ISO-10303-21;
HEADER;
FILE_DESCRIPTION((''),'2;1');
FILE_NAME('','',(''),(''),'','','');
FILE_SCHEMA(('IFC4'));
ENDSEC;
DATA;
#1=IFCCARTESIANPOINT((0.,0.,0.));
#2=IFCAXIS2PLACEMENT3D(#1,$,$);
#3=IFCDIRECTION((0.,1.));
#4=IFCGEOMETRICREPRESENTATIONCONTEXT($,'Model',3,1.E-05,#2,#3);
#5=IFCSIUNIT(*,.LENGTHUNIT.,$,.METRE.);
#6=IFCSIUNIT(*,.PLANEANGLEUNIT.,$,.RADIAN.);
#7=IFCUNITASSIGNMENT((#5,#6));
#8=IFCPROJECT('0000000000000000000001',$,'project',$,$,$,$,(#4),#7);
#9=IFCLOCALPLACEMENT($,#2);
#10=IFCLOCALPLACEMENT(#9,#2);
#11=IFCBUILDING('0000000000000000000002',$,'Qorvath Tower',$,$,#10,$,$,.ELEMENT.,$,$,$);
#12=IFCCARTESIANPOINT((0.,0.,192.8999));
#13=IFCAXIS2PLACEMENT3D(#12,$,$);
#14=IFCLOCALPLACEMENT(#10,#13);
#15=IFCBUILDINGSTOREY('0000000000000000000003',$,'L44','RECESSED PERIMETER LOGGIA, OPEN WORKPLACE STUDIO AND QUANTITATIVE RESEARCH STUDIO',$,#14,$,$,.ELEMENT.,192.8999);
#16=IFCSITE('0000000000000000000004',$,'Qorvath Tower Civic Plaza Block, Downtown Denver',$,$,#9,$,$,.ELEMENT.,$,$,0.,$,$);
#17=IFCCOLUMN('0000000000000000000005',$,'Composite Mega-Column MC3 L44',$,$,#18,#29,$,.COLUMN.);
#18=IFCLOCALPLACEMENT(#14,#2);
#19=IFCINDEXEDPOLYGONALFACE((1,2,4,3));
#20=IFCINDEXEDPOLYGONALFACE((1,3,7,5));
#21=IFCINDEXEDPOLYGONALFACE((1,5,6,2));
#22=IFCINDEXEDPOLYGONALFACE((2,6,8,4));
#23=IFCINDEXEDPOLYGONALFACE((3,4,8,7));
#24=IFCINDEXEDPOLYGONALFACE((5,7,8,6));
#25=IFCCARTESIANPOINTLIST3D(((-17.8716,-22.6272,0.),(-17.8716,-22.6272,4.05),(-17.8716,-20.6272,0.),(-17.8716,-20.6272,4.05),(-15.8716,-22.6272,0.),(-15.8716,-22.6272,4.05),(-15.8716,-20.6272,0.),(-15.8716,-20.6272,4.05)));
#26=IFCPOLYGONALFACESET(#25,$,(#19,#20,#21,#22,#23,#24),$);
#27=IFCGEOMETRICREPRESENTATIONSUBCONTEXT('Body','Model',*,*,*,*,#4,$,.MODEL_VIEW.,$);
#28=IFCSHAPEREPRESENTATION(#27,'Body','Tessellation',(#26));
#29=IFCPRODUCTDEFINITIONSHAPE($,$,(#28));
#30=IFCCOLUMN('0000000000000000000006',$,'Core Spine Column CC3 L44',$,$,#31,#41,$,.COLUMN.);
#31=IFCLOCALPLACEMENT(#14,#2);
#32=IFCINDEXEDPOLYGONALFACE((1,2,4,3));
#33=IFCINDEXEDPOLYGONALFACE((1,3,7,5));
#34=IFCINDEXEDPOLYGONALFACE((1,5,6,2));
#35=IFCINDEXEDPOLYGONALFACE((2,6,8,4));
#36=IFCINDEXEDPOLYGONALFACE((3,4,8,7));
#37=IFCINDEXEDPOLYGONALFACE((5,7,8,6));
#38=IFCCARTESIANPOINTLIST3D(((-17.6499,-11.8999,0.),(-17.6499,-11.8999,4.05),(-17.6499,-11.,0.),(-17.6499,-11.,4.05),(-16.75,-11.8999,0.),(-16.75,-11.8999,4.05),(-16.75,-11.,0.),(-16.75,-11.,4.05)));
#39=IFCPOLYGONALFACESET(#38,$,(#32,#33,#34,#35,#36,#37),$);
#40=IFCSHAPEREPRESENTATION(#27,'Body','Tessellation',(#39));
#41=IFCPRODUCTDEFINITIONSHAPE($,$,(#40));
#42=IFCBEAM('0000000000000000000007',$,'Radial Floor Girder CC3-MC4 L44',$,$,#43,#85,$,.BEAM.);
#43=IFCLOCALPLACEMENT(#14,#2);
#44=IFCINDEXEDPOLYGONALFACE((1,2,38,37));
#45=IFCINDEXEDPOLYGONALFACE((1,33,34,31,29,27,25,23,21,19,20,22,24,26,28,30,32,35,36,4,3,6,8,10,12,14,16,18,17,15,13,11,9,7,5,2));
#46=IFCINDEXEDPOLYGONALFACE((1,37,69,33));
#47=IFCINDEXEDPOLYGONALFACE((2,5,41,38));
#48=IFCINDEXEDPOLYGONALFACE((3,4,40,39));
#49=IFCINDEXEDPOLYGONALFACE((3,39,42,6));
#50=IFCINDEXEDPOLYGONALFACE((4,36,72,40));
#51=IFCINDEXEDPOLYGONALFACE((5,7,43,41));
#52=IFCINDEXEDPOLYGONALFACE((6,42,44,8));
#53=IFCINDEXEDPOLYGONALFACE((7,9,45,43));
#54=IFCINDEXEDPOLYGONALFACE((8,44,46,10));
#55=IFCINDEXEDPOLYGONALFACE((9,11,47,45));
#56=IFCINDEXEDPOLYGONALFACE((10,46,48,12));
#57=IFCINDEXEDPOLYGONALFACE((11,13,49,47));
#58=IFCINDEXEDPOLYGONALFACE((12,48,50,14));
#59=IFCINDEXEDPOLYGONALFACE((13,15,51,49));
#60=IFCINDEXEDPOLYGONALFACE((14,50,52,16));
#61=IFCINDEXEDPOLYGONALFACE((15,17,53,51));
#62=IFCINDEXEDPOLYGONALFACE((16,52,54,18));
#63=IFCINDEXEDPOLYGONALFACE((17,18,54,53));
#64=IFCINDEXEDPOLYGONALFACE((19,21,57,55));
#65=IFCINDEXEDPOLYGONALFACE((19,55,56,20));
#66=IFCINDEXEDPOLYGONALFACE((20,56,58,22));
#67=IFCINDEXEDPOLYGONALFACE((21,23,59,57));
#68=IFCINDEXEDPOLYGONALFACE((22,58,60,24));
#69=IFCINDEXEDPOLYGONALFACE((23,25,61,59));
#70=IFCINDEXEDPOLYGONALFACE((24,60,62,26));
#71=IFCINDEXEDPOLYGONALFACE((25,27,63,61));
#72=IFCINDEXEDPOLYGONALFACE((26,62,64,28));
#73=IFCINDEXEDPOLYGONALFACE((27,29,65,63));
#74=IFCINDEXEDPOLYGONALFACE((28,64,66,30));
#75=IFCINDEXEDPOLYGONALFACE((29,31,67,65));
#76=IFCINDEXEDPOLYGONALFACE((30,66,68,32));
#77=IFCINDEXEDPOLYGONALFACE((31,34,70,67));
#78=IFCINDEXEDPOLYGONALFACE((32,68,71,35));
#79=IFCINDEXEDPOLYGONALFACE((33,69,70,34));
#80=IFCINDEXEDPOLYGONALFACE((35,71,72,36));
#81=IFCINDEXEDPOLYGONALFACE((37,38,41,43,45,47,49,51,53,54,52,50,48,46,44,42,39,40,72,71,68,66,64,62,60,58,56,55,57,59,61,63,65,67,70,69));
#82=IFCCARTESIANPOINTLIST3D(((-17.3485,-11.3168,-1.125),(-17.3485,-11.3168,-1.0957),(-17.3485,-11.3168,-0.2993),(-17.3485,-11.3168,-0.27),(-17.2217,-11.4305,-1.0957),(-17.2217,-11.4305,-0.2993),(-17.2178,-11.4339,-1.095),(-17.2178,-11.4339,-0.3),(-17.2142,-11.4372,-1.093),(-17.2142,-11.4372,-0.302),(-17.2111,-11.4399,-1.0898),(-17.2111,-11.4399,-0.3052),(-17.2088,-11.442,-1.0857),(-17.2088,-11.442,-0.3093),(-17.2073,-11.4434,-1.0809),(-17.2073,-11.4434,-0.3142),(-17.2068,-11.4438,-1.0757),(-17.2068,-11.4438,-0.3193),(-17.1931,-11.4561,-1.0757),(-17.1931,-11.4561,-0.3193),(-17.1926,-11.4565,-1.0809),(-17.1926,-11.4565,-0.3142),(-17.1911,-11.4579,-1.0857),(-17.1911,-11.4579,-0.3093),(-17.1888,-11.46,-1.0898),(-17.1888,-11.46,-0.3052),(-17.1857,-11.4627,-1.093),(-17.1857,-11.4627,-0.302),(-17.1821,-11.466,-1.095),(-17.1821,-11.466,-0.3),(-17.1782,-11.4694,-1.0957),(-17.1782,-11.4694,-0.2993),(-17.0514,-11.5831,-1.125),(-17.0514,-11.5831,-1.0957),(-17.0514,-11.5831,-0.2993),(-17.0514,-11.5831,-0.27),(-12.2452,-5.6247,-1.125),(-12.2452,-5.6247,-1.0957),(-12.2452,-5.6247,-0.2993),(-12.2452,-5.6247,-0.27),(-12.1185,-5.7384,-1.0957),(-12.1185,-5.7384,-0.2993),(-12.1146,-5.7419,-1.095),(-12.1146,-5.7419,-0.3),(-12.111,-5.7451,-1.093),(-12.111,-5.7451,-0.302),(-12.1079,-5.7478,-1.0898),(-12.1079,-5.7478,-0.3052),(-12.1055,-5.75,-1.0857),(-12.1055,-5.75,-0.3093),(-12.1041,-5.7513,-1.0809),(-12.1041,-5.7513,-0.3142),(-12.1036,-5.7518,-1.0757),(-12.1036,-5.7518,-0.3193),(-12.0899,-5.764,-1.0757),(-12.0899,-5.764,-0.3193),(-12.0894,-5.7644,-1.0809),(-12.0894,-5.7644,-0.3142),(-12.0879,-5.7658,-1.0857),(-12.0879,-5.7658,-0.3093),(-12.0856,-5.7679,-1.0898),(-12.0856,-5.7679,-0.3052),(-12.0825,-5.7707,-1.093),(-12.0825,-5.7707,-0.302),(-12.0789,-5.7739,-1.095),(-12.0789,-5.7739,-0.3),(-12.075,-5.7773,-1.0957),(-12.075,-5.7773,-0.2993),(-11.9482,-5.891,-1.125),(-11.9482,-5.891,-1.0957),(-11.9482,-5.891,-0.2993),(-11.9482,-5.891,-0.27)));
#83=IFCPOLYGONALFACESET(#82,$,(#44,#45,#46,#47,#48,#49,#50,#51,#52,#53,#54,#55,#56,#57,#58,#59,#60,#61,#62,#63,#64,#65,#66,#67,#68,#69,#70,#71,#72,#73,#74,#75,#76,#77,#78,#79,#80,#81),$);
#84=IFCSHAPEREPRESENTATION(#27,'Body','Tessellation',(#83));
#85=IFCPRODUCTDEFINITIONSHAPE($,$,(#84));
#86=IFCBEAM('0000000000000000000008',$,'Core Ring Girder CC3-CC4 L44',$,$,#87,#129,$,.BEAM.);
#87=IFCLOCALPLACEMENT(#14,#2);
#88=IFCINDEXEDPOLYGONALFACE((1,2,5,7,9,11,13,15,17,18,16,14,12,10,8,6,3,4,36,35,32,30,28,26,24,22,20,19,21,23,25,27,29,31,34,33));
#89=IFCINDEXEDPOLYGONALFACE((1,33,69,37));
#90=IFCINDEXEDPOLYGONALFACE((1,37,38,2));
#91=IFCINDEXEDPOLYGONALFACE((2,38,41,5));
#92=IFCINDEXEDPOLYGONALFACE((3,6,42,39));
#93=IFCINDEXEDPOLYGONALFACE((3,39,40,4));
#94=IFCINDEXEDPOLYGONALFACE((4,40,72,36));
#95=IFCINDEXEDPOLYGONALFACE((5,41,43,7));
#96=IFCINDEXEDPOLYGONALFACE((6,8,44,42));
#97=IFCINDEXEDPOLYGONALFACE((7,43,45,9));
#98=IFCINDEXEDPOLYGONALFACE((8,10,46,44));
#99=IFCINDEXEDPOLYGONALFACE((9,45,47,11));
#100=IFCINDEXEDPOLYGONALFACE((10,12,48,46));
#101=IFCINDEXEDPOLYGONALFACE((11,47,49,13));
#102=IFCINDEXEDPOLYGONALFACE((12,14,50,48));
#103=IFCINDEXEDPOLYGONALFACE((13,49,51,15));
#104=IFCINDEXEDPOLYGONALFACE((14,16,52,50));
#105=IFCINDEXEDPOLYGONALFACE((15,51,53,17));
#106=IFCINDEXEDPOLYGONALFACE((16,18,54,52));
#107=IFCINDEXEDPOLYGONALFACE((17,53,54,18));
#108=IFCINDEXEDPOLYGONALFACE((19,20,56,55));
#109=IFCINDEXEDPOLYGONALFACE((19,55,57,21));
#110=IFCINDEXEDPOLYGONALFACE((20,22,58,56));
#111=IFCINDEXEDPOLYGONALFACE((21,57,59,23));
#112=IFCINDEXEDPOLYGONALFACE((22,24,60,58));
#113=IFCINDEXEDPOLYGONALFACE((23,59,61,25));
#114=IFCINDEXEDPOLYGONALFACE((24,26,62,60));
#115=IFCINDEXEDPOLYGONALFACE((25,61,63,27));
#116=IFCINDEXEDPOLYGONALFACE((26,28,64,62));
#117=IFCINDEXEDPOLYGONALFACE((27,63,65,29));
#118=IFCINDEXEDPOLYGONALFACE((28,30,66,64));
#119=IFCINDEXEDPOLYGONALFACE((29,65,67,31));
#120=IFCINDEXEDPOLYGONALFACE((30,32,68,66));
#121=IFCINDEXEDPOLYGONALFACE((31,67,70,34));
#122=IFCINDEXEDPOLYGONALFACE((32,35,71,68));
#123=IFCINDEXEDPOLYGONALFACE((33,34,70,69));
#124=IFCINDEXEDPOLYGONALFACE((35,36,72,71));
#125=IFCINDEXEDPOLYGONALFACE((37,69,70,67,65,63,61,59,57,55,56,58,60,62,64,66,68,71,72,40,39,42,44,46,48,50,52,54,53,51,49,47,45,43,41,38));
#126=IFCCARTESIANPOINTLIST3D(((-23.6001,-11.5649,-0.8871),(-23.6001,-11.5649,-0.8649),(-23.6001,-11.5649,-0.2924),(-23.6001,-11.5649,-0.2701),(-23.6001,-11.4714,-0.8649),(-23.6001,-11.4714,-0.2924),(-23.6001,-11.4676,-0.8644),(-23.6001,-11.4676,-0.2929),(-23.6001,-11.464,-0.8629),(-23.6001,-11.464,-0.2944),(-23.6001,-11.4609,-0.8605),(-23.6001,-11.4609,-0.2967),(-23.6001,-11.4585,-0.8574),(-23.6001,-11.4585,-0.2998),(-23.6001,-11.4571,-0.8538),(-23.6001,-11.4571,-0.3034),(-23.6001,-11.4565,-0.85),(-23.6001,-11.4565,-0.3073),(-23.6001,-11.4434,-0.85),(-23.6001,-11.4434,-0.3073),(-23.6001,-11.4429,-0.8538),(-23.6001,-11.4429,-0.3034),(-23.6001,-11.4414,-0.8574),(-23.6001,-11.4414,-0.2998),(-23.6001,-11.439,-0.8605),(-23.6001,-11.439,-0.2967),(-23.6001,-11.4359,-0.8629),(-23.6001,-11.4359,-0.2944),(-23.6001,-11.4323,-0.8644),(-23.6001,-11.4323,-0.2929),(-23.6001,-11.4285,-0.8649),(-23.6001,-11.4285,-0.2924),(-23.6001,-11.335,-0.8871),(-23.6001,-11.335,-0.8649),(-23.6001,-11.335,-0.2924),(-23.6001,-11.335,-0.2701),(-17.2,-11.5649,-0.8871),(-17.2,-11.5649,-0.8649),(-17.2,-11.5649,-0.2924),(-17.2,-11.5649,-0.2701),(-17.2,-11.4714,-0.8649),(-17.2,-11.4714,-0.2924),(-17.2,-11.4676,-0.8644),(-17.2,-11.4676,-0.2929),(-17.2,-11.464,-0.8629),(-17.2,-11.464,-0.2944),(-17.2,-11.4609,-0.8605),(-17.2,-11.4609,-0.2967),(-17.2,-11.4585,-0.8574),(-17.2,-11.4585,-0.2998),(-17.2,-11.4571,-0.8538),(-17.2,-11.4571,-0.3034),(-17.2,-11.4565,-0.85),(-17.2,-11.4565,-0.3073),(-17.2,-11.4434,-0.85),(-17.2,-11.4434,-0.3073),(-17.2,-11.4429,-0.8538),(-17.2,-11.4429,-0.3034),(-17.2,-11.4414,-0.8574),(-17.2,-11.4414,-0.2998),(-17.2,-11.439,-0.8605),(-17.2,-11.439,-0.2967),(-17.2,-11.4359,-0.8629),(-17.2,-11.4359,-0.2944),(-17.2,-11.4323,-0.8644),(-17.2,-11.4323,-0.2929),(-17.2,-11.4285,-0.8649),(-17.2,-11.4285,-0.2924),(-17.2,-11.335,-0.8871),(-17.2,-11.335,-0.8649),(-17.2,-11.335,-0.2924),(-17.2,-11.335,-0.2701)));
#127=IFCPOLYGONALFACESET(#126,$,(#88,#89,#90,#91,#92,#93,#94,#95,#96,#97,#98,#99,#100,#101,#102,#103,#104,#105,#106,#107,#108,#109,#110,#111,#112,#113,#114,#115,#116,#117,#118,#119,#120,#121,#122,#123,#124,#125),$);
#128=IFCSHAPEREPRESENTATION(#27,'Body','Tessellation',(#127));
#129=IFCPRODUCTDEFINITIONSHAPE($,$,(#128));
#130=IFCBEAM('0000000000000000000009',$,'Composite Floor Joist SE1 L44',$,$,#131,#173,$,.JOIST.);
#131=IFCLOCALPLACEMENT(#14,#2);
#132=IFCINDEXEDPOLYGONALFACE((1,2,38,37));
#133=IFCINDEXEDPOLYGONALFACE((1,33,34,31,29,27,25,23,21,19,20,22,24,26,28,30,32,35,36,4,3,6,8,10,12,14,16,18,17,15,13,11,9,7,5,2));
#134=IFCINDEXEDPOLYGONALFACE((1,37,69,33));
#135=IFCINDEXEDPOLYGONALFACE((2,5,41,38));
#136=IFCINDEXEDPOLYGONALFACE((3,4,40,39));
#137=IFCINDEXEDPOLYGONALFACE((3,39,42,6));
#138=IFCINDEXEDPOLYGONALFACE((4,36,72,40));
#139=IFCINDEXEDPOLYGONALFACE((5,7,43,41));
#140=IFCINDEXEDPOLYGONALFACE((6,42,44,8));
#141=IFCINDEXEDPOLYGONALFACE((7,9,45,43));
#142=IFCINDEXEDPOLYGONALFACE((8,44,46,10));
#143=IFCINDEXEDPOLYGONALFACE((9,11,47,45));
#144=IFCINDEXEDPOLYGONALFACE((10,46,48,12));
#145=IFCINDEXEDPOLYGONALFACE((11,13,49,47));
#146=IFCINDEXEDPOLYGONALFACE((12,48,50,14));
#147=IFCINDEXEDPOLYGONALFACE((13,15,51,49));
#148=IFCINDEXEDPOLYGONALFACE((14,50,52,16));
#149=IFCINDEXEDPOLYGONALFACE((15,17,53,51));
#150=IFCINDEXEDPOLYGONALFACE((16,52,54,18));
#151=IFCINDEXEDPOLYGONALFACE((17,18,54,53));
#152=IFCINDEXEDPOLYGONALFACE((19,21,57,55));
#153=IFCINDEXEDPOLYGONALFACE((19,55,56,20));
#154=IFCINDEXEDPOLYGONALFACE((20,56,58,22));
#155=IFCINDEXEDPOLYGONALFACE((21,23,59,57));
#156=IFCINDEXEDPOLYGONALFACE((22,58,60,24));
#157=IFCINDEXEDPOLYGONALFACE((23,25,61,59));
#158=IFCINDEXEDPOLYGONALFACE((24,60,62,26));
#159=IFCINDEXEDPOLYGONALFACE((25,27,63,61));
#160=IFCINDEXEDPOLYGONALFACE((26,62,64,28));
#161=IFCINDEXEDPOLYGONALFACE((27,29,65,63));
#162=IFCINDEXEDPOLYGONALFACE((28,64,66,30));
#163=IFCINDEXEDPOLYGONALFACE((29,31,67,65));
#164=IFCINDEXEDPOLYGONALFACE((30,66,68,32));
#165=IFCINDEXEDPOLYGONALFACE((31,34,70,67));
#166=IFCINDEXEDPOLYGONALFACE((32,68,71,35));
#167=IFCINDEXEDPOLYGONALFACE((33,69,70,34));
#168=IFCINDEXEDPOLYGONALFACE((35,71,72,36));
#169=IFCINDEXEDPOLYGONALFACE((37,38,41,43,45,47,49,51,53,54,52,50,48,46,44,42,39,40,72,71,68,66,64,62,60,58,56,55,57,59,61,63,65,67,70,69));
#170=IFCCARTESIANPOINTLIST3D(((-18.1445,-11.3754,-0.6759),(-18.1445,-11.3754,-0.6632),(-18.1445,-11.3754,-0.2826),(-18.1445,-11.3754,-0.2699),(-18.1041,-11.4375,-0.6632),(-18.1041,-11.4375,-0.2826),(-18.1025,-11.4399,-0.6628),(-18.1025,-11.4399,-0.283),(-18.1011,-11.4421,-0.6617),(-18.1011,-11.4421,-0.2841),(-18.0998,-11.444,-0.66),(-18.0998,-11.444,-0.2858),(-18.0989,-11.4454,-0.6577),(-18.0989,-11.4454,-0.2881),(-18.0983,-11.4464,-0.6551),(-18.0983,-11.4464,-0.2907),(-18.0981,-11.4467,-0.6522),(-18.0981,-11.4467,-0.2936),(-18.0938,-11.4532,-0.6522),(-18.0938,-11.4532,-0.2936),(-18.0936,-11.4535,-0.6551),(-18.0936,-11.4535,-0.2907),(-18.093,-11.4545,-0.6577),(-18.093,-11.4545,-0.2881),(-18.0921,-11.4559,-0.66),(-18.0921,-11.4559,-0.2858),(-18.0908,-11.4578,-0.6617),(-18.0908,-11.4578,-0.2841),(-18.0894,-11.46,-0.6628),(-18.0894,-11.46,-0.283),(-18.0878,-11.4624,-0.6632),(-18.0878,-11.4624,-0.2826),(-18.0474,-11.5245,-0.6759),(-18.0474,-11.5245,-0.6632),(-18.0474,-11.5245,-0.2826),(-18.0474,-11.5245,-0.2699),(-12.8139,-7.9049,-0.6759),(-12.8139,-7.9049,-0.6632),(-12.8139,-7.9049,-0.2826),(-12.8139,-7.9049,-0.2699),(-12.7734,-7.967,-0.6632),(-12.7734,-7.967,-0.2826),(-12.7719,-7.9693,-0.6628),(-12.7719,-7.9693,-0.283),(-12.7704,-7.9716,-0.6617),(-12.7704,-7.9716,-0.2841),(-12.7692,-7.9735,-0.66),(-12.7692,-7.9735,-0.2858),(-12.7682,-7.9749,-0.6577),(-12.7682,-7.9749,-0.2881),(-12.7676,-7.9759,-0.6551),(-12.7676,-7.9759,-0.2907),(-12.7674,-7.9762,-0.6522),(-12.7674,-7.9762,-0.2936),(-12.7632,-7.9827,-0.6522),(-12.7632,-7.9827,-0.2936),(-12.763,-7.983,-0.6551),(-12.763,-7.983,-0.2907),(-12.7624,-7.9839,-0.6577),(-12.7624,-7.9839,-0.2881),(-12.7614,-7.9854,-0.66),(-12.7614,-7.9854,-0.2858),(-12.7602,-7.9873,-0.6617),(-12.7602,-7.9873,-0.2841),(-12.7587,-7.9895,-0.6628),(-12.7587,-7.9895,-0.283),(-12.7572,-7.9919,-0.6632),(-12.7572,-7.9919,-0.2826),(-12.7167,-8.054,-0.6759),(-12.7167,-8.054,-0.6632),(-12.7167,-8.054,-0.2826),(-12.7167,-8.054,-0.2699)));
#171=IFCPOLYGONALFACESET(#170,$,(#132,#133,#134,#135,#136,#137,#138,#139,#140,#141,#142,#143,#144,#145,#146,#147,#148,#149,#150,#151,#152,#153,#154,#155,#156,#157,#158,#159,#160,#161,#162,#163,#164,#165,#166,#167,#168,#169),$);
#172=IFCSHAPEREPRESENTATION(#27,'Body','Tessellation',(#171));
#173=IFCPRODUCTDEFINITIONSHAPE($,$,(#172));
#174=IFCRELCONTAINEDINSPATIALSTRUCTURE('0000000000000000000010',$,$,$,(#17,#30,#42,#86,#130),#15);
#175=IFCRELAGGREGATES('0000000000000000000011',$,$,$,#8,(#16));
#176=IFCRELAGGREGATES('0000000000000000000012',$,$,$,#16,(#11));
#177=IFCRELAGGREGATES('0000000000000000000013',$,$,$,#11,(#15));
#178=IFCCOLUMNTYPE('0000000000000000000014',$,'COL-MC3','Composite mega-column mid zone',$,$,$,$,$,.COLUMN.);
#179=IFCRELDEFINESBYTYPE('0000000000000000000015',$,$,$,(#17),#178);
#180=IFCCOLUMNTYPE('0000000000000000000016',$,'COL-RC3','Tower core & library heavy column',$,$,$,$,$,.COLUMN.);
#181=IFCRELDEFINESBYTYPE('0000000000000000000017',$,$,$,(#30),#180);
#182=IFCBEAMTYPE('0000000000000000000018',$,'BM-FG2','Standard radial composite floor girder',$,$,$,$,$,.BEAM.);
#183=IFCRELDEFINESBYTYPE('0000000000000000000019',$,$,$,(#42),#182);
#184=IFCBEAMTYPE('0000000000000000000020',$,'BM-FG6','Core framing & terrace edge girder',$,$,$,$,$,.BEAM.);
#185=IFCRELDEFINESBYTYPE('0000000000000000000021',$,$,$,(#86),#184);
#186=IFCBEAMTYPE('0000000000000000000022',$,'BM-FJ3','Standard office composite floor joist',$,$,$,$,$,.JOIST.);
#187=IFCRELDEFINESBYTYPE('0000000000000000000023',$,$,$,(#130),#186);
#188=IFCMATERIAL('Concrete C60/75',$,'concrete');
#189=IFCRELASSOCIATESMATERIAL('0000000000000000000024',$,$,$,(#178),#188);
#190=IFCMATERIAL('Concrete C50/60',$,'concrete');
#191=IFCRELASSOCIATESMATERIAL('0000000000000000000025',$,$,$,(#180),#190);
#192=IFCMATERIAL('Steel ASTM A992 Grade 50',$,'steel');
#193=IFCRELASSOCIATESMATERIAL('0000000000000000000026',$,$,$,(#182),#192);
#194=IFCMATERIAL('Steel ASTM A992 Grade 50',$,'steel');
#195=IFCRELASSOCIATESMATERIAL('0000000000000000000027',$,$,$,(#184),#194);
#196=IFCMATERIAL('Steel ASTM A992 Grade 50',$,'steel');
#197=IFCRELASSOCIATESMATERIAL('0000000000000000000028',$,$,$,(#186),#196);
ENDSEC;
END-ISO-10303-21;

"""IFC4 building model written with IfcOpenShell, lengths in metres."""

from ifc_helpers import new_model, si_unit, direction, frame, origin, origin_2d, place, context, subcontext, project, spatial, rectangle, i_section, extrude, material, material_profile, profile_set, type_object, element, save


model = new_model("IFC4")

# Units and contexts
model_context = context("Model", 3, precision=1e-05, world=origin(), true_north=direction((0.0, 1.0)))
body_context = subcontext(model_context, "Body", "Model", "MODEL_VIEW")
ifc_project = project(units=[si_unit("LENGTHUNIT", "METRE"), si_unit("PLANEANGLEUNIT", "RADIAN")], contexts=[model_context])

# Site, building, storey
site_placement = place(None, origin())
site = spatial("IfcSite", under=ifc_project, at=site_placement, Name="Qorvath Tower Civic Plaza Block, Downtown Denver", CompositionType="ELEMENT", RefElevation=0.0)
building_placement = place(site_placement, origin())
building = spatial("IfcBuilding", under=site, at=building_placement, Name="Qorvath Tower", CompositionType="ELEMENT")
storey_placement = place(building_placement, frame((0.0, 0.0, 192.8999)))
storey = spatial("IfcBuildingStorey", under=building, at=storey_placement, Name="L44", Description="RECESSED PERIMETER LOGGIA, OPEN WORKPLACE STUDIO AND QUANTITATIVE RESEARCH STUDIO", CompositionType="ELEMENT", Elevation=192.8999)

# Columns
ifc_material_1 = material(Name="Concrete C60/75", Category="concrete")
ifc_material_profile_1 = material_profile(ifc_material_1, rectangle(XDim=2.0, YDim=2.0, at=origin_2d()), Name="MC 2000x2000")
ifc_profile_set_1 = profile_set([ifc_material_profile_1], Name="Concrete C60/75")
column_type_1 = type_object("IfcColumnType", Name="COL-MC3", Description="Composite mega-column mid zone", PredefinedType="COLUMN", material=ifc_profile_set_1)
column_1_placement = place(storey_placement, frame((-16.8716, -21.6272, 0.0), z_axis=(0.0, 0.0, 1.0), x_axis=(1.0, 0.0, 0.0)))
element("IfcColumn", 1, at=column_1_placement, inside=storey, type_object=column_type_1, Name="Composite Mega-Column MC3 L44", PredefinedType="COLUMN", context=body_context, shape_type="SweptSolid", body=[
    extrude(rectangle(XDim=2.0, YDim=2.0, at=origin_2d()), origin(), (0.0, 0.0, 1.0), 4.05),
])
ifc_material_2 = material(Name="Concrete C50/60", Category="concrete")
ifc_material_profile_2 = material_profile(ifc_material_2, rectangle(XDim=0.8999, YDim=0.8999, at=origin_2d()), Name="RC 900x900")
ifc_profile_set_2 = profile_set([ifc_material_profile_2], Name="Concrete C50/60")
column_type_2 = type_object("IfcColumnType", Name="COL-RC3", Description="Tower core & library heavy column", PredefinedType="COLUMN", material=ifc_profile_set_2)
column_2_placement = place(storey_placement, frame((-17.2, -11.45, 0.0), z_axis=(0.0, 0.0, 1.0), x_axis=(1.0, 0.0, 0.0)))
element("IfcColumn", 2, at=column_2_placement, inside=storey, type_object=column_type_2, Name="Core Spine Column CC3 L44", PredefinedType="COLUMN", context=body_context, shape_type="SweptSolid", body=[
    extrude(rectangle(XDim=0.8999, YDim=0.8999, at=origin_2d()), origin(), (0.0, 0.0, 1.0), 4.05),
])

# Beams
ifc_material_3 = material(Name="Steel ASTM A992 Grade 50", Category="steel")
ifc_material_profile_3 = material_profile(ifc_material_3, i_section(OverallWidth=0.3989, OverallDepth=0.855, WebThickness=0.0183, FlangeThickness=0.0293, FilletRadius=0.02, at=origin_2d()), Name="W33x201")
ifc_profile_set_3 = profile_set([ifc_material_profile_3], Name="Steel ASTM A992 Grade 50")
beam_type_1 = type_object("IfcBeamType", Name="BM-FG2", Description="Standard radial composite floor girder", PredefinedType="BEAM", material=ifc_profile_set_3)
beam_1_placement = place(storey_placement, frame((-17.2, -11.45, -0.6975), z_axis=(0.667543, 0.744571, 0.0), x_axis=(-0.744571, 0.667543, 0.0)))
element("IfcBeam", 3, at=beam_1_placement, inside=storey, type_object=beam_type_1, Name="Radial Floor Girder CC3-MC4 L44", PredefinedType="BEAM", context=body_context, shape_type="SweptSolid", body=[
    extrude(i_section(OverallWidth=0.3989, OverallDepth=0.855, WebThickness=0.0183, FlangeThickness=0.0293, FilletRadius=0.02, at=origin_2d()), origin(), (0.0, 0.0, 1.0), 7.6448),
])
ifc_material_4 = material(Name="Steel ASTM A992 Grade 50", Category="steel")
ifc_material_profile_4 = material_profile(ifc_material_4, i_section(OverallWidth=0.23, OverallDepth=0.6169, WebThickness=0.0132, FlangeThickness=0.0222, FilletRadius=0.0149, at=origin_2d()), Name="W24x94")
ifc_profile_set_4 = profile_set([ifc_material_profile_4], Name="Steel ASTM A992 Grade 50")
beam_type_2 = type_object("IfcBeamType", Name="BM-FG6", Description="Core framing & terrace edge girder", PredefinedType="BEAM", material=ifc_profile_set_4)
beam_2_placement = place(storey_placement, frame((-17.2, -11.45, -0.5786), z_axis=(-1.0, 0.0, 0.0), x_axis=(0.0, -1.0, 0.0)))
element("IfcBeam", 4, at=beam_2_placement, inside=storey, type_object=beam_type_2, Name="Core Ring Girder CC3-CC4 L44", PredefinedType="BEAM", context=body_context, shape_type="SweptSolid", body=[
    extrude(i_section(OverallWidth=0.23, OverallDepth=0.6169, WebThickness=0.0132, FlangeThickness=0.0222, FilletRadius=0.0149, at=origin_2d()), origin(), (0.0, 0.0, 1.0), 6.4001),
])
ifc_material_5 = material(Name="Steel ASTM A992 Grade 50", Category="steel")
ifc_material_profile_5 = material_profile(ifc_material_5, i_section(OverallWidth=0.178, OverallDepth=0.406, WebThickness=0.0078, FlangeThickness=0.0127, FilletRadius=0.011, at=origin_2d()), Name="W16x40")
ifc_profile_set_5 = profile_set([ifc_material_profile_5], Name="Steel ASTM A992 Grade 50")
beam_type_3 = type_object("IfcBeamType", Name="BM-FJ3", Description="Standard office composite floor joist", PredefinedType="JOIST", material=ifc_profile_set_5)
beam_3_placement = place(storey_placement, frame((-18.0959, -11.45, -0.4729), z_axis=(0.838042, 0.545606, 0.0), x_axis=(-0.545606, 0.838042, 0.0)))
element("IfcBeam", 5, at=beam_3_placement, inside=storey, type_object=beam_type_3, Name="Composite Floor Joist SE1 L44", PredefinedType="JOIST", context=body_context, shape_type="SweptSolid", body=[
    extrude(i_section(OverallWidth=0.178, OverallDepth=0.406, WebThickness=0.0078, FlangeThickness=0.0127, FilletRadius=0.011, at=origin_2d()), origin(), (0.0, 0.0, 1.0), 6.3608),
])

save(model, "model.ifc")
